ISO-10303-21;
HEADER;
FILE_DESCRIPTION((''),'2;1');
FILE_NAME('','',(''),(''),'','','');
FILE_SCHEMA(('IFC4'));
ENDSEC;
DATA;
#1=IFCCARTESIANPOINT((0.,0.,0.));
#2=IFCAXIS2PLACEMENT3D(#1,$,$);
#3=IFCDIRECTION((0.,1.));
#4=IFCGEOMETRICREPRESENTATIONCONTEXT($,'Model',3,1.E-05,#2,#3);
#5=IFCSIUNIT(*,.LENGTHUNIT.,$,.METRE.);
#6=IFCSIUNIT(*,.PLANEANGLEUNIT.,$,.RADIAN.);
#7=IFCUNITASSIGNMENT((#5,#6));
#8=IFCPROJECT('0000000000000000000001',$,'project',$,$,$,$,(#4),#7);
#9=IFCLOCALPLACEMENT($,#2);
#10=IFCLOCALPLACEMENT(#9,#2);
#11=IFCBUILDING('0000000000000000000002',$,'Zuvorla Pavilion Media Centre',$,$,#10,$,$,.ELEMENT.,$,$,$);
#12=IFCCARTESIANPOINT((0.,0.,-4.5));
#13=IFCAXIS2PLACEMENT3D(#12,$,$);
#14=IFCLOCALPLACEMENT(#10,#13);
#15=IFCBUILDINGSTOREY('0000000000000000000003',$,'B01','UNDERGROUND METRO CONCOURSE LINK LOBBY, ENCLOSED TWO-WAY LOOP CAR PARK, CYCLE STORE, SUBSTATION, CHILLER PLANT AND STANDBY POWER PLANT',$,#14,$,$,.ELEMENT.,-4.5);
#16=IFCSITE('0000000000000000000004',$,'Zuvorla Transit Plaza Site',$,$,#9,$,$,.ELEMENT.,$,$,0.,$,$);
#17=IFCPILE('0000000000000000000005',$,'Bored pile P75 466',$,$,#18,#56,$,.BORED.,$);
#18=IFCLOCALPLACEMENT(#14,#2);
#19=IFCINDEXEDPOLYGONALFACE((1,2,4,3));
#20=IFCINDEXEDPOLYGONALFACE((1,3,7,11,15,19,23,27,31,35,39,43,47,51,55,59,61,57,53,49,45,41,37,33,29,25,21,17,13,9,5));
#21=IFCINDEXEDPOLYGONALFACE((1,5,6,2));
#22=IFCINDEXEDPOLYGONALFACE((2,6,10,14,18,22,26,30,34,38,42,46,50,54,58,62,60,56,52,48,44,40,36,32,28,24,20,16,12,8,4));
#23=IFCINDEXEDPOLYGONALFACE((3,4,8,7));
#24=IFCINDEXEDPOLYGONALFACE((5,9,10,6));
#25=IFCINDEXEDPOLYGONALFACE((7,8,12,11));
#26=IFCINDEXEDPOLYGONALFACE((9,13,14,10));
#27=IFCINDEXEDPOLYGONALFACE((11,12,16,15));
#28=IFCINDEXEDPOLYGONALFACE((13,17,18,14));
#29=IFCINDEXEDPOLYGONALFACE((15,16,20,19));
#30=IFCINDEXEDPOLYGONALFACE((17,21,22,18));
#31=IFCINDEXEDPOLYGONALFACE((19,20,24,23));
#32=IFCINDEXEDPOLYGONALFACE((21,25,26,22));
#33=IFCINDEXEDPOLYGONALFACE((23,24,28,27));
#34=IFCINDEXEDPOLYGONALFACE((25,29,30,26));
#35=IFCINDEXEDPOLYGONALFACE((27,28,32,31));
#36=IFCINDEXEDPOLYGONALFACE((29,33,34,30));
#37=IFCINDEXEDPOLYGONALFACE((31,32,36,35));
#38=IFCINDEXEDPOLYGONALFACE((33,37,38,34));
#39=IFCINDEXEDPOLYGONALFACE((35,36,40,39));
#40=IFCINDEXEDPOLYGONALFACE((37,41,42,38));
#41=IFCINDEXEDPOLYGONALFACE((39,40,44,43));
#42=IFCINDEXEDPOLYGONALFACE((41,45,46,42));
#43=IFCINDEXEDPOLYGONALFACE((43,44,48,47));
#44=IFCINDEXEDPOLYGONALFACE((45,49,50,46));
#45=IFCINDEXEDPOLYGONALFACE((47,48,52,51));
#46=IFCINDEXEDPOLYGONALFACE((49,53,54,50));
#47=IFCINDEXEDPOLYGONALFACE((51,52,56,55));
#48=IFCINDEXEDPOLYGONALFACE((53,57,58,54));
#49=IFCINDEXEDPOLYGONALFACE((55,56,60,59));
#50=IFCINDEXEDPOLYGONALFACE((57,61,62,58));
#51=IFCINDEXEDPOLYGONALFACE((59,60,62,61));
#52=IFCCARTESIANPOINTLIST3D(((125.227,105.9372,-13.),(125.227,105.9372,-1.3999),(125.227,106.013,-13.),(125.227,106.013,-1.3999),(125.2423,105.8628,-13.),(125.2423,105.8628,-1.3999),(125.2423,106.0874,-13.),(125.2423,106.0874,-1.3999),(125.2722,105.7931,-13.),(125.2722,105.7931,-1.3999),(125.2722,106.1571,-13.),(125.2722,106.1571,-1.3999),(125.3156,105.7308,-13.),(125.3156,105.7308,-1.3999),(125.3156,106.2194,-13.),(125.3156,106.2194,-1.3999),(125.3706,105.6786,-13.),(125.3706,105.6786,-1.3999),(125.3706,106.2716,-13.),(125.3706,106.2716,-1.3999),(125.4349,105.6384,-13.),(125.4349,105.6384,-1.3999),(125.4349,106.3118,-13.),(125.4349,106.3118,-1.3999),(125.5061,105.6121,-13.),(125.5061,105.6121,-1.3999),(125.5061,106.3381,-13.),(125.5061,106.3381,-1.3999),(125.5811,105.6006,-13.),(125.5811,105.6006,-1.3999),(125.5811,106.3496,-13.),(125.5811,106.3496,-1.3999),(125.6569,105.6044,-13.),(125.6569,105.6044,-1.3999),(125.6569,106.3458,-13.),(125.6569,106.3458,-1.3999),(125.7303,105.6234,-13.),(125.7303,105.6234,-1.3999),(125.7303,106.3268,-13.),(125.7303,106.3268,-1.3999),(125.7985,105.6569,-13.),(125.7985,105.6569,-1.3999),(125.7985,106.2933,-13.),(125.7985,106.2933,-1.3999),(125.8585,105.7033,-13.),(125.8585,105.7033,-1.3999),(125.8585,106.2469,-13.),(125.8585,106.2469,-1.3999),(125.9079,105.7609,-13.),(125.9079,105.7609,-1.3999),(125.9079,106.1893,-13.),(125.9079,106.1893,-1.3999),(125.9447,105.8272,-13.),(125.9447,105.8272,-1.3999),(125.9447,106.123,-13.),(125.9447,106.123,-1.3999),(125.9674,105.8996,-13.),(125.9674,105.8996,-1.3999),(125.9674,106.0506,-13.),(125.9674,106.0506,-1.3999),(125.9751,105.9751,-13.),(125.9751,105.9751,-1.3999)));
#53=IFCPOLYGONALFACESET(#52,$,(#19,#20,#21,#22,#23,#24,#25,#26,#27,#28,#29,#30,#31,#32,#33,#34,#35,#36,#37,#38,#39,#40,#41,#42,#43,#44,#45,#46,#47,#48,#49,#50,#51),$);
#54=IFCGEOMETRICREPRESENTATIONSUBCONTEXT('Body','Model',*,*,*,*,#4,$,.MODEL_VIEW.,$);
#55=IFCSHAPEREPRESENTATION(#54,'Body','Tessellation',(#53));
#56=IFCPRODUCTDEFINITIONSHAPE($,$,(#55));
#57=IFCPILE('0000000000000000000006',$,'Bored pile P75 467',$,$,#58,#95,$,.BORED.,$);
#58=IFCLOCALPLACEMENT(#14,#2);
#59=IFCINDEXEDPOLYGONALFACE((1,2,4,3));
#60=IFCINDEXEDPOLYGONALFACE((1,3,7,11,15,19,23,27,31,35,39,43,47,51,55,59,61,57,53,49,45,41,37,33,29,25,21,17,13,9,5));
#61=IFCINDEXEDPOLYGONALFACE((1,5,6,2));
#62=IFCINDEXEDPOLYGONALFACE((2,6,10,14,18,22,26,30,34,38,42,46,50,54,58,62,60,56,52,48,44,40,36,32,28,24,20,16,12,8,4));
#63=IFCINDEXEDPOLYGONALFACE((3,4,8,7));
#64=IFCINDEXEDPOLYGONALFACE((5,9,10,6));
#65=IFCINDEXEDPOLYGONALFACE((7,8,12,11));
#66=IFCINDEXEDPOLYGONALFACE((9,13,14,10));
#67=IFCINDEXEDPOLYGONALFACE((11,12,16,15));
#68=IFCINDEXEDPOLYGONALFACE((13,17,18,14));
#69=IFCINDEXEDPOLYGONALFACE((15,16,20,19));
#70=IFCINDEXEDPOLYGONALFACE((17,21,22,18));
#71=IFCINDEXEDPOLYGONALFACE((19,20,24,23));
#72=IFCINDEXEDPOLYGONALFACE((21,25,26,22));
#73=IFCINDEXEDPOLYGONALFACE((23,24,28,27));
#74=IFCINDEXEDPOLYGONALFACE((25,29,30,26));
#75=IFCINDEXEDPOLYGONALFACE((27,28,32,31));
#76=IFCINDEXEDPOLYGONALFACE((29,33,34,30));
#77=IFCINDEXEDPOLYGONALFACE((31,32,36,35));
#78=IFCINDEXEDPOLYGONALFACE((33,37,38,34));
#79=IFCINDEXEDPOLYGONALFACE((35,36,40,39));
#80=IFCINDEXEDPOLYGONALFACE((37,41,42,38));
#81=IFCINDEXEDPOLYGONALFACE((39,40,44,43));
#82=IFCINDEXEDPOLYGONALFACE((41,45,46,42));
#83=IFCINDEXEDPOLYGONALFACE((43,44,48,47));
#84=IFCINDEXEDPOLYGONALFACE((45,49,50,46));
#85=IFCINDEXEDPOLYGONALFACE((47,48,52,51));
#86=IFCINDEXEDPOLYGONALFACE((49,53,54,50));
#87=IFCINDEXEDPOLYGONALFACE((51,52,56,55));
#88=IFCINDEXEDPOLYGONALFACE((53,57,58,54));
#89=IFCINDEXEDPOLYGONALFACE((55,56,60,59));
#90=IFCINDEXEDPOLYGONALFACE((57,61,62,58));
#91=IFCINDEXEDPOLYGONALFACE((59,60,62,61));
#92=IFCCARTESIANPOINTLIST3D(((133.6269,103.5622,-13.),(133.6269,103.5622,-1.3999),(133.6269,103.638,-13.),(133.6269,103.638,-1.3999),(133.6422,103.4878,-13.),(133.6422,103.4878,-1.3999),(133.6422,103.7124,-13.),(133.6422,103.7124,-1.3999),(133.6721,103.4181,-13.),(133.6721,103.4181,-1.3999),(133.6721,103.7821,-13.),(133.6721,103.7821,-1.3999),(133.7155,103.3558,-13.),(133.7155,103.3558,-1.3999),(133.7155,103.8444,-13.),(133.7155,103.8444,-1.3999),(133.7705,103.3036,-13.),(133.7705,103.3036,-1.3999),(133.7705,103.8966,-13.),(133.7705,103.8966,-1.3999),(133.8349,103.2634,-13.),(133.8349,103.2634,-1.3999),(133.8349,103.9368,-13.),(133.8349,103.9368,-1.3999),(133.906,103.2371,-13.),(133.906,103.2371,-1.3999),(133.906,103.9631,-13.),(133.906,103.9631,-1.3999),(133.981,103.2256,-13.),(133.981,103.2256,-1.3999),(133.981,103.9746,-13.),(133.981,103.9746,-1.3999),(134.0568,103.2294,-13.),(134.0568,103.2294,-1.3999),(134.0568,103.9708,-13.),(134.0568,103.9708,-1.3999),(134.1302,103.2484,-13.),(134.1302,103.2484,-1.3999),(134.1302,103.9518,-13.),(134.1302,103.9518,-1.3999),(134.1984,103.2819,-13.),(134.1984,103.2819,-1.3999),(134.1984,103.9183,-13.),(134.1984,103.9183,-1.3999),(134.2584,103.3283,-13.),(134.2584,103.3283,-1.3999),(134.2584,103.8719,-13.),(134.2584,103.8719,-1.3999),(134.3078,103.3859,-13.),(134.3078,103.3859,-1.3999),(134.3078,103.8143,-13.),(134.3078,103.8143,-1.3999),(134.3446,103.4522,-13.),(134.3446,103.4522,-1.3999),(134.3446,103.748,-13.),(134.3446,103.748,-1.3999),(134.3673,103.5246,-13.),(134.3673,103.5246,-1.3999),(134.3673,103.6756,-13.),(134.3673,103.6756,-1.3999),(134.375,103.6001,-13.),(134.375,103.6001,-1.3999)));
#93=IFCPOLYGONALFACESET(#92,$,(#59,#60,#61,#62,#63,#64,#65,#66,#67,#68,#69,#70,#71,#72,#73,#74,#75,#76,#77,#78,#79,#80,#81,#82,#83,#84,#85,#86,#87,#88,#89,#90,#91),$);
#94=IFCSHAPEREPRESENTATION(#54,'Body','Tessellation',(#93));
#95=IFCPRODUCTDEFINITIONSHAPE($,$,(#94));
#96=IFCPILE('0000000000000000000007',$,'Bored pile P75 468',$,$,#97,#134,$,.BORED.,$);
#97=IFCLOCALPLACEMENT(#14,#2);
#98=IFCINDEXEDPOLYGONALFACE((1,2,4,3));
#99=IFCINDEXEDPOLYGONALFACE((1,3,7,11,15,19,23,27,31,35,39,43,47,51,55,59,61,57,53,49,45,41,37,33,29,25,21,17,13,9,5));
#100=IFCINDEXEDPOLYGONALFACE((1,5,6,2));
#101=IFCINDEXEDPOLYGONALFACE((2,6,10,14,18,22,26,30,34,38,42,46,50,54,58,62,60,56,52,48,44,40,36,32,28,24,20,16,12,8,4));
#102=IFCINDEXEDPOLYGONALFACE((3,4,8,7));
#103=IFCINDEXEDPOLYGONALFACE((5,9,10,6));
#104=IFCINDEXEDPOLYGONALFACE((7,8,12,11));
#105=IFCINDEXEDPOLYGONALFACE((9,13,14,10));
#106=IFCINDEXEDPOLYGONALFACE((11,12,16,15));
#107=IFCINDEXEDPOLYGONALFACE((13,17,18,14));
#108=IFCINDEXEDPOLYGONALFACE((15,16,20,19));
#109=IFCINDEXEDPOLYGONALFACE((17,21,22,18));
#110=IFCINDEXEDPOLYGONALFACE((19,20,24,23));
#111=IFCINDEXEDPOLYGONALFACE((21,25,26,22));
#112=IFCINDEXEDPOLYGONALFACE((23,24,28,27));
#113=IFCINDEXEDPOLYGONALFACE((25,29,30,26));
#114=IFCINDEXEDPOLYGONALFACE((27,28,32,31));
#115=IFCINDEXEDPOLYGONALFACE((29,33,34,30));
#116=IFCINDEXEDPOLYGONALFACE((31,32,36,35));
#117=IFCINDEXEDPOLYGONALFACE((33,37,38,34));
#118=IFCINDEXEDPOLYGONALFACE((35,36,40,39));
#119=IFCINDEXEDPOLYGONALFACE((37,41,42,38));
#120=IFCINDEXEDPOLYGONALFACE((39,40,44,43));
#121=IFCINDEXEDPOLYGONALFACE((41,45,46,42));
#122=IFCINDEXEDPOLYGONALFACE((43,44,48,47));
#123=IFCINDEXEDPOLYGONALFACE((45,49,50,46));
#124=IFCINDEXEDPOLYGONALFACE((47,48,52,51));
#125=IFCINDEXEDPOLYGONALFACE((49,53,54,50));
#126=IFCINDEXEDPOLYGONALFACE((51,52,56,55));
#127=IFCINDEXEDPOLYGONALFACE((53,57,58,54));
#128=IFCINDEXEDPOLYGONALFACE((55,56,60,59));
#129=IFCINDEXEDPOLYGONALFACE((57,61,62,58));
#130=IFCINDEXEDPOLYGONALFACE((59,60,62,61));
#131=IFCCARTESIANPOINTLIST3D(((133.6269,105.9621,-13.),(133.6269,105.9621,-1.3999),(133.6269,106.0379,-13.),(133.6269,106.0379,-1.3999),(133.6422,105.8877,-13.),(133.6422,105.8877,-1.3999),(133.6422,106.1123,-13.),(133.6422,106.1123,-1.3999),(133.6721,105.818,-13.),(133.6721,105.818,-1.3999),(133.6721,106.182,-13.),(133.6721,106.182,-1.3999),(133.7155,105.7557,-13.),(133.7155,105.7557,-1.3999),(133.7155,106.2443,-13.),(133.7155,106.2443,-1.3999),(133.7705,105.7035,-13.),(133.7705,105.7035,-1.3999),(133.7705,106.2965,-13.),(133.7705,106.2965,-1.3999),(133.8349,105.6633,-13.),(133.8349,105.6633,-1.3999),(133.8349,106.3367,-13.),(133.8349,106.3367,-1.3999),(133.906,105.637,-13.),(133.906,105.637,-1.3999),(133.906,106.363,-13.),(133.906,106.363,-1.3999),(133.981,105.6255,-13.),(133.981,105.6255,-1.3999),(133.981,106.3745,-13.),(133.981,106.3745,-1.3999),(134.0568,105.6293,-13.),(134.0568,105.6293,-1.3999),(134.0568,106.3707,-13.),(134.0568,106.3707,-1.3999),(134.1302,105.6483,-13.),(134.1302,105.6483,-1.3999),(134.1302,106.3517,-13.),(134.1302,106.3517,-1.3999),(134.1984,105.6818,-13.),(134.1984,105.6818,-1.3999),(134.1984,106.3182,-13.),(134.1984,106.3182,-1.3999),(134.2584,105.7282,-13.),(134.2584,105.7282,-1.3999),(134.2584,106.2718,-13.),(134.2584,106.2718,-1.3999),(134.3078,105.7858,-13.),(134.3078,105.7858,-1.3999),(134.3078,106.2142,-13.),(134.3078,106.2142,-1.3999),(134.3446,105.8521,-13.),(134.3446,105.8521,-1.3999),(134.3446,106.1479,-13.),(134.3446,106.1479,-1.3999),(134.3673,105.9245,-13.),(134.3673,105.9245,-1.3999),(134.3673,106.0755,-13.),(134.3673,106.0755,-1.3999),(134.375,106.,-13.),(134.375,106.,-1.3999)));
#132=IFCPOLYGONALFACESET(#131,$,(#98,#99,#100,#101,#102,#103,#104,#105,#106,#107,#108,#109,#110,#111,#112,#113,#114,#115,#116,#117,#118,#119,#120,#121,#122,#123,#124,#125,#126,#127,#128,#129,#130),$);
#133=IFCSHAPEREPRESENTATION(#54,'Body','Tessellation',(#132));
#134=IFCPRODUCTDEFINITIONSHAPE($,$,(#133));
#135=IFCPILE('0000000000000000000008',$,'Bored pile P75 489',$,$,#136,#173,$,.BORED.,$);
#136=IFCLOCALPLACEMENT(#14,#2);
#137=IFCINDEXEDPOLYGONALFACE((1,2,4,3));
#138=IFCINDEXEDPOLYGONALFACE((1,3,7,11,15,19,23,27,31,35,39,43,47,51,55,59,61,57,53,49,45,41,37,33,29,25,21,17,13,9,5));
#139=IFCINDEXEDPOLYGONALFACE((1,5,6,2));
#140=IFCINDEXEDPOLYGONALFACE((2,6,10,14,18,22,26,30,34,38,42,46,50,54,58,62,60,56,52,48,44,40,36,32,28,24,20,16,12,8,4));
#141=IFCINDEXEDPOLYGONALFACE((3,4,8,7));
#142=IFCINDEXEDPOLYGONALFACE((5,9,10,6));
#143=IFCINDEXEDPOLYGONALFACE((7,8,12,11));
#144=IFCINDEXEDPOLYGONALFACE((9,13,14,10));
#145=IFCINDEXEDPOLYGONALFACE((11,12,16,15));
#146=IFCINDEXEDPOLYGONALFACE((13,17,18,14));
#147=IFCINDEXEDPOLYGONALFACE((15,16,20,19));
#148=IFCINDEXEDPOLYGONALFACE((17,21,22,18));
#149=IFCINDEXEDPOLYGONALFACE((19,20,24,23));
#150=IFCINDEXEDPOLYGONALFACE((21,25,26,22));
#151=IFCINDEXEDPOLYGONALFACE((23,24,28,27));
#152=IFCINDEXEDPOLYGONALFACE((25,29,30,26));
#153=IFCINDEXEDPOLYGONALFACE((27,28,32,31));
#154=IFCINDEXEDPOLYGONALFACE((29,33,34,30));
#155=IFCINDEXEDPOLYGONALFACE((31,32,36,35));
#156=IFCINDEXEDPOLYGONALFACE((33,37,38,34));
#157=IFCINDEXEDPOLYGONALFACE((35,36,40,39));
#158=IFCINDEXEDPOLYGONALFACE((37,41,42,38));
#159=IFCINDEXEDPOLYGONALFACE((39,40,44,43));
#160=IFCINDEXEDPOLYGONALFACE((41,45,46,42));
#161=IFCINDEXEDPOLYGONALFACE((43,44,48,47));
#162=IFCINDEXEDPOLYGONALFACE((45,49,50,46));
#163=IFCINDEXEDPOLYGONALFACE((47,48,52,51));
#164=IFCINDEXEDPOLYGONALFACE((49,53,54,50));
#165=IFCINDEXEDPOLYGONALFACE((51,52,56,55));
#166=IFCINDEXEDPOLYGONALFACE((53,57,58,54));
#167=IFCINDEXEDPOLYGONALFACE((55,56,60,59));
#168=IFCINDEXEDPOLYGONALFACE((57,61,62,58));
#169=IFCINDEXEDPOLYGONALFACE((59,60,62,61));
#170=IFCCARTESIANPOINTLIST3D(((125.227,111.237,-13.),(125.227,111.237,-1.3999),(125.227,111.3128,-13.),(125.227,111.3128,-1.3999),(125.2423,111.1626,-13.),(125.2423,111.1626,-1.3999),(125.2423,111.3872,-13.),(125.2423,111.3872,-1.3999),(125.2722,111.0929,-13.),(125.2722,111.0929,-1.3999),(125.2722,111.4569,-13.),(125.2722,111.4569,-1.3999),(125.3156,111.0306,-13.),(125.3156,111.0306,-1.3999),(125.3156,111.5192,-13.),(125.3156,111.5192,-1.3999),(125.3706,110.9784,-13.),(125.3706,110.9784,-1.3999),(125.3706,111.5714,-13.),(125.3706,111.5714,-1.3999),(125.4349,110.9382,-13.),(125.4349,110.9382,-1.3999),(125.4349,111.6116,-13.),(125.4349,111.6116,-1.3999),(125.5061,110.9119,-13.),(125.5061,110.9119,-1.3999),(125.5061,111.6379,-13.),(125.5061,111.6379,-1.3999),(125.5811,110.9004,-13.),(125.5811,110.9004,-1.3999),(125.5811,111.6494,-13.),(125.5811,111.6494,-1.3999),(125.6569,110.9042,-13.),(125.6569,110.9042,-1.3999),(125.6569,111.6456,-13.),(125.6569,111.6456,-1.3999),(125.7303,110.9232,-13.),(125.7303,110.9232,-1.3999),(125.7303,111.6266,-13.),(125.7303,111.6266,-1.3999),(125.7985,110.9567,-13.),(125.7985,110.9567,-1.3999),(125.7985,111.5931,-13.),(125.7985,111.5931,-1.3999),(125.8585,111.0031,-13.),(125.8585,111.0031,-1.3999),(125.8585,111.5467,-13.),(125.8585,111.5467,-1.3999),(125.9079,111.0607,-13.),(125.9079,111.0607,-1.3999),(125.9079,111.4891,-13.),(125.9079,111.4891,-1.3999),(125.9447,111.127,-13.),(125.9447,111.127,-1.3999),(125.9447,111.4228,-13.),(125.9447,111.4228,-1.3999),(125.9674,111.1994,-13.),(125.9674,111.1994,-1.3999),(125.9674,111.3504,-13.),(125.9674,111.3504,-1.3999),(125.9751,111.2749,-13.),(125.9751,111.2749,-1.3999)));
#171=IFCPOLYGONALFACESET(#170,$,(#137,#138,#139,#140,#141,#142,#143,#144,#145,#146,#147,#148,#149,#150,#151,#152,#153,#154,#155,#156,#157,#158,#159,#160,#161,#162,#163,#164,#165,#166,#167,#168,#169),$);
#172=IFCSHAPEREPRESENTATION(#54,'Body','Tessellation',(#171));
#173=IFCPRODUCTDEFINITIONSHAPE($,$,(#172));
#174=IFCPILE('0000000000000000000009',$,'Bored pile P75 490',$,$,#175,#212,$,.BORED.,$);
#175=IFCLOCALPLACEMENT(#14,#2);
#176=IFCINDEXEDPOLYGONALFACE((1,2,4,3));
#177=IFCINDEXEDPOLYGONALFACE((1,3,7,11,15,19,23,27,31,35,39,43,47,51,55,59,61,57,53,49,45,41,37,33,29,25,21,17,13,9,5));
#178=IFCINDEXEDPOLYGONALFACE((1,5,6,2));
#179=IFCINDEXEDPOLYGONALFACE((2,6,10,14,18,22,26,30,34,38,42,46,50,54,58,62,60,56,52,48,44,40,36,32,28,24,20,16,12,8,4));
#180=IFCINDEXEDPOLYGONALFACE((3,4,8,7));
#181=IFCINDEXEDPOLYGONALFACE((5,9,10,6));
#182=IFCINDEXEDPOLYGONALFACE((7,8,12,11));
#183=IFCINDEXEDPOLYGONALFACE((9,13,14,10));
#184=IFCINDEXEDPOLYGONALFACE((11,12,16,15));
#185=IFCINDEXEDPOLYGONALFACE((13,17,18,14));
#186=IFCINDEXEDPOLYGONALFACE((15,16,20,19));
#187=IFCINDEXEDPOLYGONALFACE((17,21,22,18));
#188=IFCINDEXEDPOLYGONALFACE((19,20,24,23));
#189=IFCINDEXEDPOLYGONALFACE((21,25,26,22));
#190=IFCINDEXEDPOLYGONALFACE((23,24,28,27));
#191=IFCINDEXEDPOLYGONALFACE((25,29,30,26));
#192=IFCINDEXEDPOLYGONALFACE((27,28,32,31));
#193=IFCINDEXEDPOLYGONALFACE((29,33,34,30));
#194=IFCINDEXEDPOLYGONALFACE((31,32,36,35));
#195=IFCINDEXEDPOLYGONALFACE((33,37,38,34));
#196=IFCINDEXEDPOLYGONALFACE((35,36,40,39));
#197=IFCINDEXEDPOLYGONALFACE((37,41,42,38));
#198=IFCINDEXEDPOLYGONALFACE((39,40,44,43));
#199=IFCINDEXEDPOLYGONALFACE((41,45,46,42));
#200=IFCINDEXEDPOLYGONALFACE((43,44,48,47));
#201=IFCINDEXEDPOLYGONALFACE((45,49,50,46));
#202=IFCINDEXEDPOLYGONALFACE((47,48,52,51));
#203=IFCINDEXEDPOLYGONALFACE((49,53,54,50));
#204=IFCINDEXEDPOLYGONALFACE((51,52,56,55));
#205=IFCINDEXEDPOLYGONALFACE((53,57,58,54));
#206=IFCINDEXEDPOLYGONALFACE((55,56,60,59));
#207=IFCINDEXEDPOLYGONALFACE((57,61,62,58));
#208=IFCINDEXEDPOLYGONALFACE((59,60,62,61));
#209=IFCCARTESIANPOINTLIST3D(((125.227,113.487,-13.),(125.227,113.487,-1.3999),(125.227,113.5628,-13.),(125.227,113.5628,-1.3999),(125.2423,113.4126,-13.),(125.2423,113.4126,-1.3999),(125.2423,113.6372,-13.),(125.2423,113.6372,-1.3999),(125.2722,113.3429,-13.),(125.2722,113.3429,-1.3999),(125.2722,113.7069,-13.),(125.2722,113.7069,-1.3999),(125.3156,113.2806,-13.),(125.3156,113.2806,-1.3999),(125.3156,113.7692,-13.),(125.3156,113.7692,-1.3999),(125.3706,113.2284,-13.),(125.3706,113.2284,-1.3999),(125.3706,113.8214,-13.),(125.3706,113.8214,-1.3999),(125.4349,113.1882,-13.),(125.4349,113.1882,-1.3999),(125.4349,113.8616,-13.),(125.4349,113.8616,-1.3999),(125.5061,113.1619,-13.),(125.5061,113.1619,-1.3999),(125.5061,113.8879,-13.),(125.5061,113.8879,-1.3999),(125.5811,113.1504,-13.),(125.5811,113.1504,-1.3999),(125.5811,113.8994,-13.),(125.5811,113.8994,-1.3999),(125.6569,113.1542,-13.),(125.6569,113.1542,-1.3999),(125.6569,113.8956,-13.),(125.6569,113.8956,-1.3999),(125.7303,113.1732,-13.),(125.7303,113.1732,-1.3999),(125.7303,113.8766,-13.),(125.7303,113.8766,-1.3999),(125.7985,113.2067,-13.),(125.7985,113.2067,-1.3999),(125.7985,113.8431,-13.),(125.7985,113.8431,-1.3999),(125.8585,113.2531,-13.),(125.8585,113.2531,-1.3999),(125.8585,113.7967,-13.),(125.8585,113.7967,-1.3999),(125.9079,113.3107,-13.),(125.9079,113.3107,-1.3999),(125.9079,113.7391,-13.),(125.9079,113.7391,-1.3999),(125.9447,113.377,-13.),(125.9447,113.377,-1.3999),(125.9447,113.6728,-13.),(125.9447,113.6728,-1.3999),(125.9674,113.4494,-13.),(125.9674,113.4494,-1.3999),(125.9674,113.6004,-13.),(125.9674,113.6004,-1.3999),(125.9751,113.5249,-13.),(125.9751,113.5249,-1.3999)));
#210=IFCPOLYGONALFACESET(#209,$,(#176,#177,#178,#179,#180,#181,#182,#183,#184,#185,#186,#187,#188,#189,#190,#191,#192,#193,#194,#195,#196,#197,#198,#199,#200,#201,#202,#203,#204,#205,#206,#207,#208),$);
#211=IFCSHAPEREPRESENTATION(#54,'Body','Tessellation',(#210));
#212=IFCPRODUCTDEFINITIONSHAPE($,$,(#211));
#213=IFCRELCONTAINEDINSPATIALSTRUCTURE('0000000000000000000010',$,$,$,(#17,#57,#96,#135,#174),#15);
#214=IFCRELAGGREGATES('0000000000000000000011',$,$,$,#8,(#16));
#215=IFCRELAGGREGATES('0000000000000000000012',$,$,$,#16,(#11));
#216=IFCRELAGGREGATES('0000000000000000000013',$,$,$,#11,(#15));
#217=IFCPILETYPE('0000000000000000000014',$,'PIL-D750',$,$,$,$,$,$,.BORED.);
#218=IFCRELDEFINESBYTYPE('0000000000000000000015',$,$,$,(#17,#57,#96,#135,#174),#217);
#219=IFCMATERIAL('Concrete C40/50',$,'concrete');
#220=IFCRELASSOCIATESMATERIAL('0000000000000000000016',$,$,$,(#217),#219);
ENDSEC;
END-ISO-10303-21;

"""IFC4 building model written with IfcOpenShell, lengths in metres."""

from ifc_helpers import new_model, si_unit, direction, frame, origin, origin_2d, place, context, subcontext, project, spatial, circle, extrude, material, material_profile, profile_set, type_object, element, save


model = new_model("IFC4")

# Units and contexts
model_context = context("Model", 3, precision=1e-05, world=origin(), true_north=direction((0.0, 1.0)))
body_context = subcontext(model_context, "Body", "Model", "MODEL_VIEW")
ifc_project = project(units=[si_unit("LENGTHUNIT", "METRE"), si_unit("PLANEANGLEUNIT", "RADIAN")], contexts=[model_context])

# Site, building, storey
site_placement = place(None, origin())
site = spatial("IfcSite", under=ifc_project, at=site_placement, Name="Zuvorla Transit Plaza Site", CompositionType="ELEMENT", RefElevation=0.0)
building_placement = place(site_placement, origin())
building = spatial("IfcBuilding", under=site, at=building_placement, Name="Zuvorla Pavilion Media Centre", CompositionType="ELEMENT")
storey_placement = place(building_placement, frame((0.0, 0.0, -4.5)))
storey = spatial("IfcBuildingStorey", under=building, at=storey_placement, Name="B01", Description="UNDERGROUND METRO CONCOURSE LINK LOBBY, ENCLOSED TWO-WAY LOOP CAR PARK, CYCLE STORE, SUBSTATION, CHILLER PLANT AND STANDBY POWER PLANT", CompositionType="ELEMENT", Elevation=-4.5)

# Shared definitions
ifc_material = material(Name="Concrete C40/50", Category="concrete")

# Piles
ifc_material_profile_1 = material_profile(ifc_material, circle(Radius=0.375, at=origin_2d()), Name="BORED PILE 750")
ifc_profile_set_1 = profile_set([ifc_material_profile_1], Name="Concrete C40/50")
pile_type = type_object("IfcPileType", Name="PIL-D750", PredefinedType="BORED", material=ifc_profile_set_1)
for number, where, z_axis, x_axis, name in (
    (1, (125.6001, 105.9751, -1.3999), (0.0, 0.0, -1.0), (1.0, 0.0, 0.0), "Bored pile P75 466"),
    (2, (134.0, 103.6001, -1.3999), (0.0, 0.0, -1.0), (1.0, 0.0, 0.0), "Bored pile P75 467"),
    (3, (134.0, 106.0, -1.3999), (0.0, 0.0, -1.0), (1.0, 0.0, 0.0), "Bored pile P75 468"),
    (4, (125.6001, 111.2749, -1.3999), (0.0, 0.0, -1.0), (1.0, 0.0, 0.0), "Bored pile P75 489"),
    (5, (125.6001, 113.5249, -1.3999), (0.0, 0.0, -1.0), (1.0, 0.0, 0.0), "Bored pile P75 490"),
):
    element("IfcPile", number, at=place(storey_placement, frame(where, z_axis=z_axis, x_axis=x_axis)), inside=storey, type_object=pile_type, Name=name, PredefinedType="BORED", context=body_context, shape_type="SweptSolid", body=[
        extrude(circle(Radius=0.375, at=origin_2d()), origin(), (0.0, 0.0, 1.0), 11.6001),
    ])

save(model, "model.ifc")
